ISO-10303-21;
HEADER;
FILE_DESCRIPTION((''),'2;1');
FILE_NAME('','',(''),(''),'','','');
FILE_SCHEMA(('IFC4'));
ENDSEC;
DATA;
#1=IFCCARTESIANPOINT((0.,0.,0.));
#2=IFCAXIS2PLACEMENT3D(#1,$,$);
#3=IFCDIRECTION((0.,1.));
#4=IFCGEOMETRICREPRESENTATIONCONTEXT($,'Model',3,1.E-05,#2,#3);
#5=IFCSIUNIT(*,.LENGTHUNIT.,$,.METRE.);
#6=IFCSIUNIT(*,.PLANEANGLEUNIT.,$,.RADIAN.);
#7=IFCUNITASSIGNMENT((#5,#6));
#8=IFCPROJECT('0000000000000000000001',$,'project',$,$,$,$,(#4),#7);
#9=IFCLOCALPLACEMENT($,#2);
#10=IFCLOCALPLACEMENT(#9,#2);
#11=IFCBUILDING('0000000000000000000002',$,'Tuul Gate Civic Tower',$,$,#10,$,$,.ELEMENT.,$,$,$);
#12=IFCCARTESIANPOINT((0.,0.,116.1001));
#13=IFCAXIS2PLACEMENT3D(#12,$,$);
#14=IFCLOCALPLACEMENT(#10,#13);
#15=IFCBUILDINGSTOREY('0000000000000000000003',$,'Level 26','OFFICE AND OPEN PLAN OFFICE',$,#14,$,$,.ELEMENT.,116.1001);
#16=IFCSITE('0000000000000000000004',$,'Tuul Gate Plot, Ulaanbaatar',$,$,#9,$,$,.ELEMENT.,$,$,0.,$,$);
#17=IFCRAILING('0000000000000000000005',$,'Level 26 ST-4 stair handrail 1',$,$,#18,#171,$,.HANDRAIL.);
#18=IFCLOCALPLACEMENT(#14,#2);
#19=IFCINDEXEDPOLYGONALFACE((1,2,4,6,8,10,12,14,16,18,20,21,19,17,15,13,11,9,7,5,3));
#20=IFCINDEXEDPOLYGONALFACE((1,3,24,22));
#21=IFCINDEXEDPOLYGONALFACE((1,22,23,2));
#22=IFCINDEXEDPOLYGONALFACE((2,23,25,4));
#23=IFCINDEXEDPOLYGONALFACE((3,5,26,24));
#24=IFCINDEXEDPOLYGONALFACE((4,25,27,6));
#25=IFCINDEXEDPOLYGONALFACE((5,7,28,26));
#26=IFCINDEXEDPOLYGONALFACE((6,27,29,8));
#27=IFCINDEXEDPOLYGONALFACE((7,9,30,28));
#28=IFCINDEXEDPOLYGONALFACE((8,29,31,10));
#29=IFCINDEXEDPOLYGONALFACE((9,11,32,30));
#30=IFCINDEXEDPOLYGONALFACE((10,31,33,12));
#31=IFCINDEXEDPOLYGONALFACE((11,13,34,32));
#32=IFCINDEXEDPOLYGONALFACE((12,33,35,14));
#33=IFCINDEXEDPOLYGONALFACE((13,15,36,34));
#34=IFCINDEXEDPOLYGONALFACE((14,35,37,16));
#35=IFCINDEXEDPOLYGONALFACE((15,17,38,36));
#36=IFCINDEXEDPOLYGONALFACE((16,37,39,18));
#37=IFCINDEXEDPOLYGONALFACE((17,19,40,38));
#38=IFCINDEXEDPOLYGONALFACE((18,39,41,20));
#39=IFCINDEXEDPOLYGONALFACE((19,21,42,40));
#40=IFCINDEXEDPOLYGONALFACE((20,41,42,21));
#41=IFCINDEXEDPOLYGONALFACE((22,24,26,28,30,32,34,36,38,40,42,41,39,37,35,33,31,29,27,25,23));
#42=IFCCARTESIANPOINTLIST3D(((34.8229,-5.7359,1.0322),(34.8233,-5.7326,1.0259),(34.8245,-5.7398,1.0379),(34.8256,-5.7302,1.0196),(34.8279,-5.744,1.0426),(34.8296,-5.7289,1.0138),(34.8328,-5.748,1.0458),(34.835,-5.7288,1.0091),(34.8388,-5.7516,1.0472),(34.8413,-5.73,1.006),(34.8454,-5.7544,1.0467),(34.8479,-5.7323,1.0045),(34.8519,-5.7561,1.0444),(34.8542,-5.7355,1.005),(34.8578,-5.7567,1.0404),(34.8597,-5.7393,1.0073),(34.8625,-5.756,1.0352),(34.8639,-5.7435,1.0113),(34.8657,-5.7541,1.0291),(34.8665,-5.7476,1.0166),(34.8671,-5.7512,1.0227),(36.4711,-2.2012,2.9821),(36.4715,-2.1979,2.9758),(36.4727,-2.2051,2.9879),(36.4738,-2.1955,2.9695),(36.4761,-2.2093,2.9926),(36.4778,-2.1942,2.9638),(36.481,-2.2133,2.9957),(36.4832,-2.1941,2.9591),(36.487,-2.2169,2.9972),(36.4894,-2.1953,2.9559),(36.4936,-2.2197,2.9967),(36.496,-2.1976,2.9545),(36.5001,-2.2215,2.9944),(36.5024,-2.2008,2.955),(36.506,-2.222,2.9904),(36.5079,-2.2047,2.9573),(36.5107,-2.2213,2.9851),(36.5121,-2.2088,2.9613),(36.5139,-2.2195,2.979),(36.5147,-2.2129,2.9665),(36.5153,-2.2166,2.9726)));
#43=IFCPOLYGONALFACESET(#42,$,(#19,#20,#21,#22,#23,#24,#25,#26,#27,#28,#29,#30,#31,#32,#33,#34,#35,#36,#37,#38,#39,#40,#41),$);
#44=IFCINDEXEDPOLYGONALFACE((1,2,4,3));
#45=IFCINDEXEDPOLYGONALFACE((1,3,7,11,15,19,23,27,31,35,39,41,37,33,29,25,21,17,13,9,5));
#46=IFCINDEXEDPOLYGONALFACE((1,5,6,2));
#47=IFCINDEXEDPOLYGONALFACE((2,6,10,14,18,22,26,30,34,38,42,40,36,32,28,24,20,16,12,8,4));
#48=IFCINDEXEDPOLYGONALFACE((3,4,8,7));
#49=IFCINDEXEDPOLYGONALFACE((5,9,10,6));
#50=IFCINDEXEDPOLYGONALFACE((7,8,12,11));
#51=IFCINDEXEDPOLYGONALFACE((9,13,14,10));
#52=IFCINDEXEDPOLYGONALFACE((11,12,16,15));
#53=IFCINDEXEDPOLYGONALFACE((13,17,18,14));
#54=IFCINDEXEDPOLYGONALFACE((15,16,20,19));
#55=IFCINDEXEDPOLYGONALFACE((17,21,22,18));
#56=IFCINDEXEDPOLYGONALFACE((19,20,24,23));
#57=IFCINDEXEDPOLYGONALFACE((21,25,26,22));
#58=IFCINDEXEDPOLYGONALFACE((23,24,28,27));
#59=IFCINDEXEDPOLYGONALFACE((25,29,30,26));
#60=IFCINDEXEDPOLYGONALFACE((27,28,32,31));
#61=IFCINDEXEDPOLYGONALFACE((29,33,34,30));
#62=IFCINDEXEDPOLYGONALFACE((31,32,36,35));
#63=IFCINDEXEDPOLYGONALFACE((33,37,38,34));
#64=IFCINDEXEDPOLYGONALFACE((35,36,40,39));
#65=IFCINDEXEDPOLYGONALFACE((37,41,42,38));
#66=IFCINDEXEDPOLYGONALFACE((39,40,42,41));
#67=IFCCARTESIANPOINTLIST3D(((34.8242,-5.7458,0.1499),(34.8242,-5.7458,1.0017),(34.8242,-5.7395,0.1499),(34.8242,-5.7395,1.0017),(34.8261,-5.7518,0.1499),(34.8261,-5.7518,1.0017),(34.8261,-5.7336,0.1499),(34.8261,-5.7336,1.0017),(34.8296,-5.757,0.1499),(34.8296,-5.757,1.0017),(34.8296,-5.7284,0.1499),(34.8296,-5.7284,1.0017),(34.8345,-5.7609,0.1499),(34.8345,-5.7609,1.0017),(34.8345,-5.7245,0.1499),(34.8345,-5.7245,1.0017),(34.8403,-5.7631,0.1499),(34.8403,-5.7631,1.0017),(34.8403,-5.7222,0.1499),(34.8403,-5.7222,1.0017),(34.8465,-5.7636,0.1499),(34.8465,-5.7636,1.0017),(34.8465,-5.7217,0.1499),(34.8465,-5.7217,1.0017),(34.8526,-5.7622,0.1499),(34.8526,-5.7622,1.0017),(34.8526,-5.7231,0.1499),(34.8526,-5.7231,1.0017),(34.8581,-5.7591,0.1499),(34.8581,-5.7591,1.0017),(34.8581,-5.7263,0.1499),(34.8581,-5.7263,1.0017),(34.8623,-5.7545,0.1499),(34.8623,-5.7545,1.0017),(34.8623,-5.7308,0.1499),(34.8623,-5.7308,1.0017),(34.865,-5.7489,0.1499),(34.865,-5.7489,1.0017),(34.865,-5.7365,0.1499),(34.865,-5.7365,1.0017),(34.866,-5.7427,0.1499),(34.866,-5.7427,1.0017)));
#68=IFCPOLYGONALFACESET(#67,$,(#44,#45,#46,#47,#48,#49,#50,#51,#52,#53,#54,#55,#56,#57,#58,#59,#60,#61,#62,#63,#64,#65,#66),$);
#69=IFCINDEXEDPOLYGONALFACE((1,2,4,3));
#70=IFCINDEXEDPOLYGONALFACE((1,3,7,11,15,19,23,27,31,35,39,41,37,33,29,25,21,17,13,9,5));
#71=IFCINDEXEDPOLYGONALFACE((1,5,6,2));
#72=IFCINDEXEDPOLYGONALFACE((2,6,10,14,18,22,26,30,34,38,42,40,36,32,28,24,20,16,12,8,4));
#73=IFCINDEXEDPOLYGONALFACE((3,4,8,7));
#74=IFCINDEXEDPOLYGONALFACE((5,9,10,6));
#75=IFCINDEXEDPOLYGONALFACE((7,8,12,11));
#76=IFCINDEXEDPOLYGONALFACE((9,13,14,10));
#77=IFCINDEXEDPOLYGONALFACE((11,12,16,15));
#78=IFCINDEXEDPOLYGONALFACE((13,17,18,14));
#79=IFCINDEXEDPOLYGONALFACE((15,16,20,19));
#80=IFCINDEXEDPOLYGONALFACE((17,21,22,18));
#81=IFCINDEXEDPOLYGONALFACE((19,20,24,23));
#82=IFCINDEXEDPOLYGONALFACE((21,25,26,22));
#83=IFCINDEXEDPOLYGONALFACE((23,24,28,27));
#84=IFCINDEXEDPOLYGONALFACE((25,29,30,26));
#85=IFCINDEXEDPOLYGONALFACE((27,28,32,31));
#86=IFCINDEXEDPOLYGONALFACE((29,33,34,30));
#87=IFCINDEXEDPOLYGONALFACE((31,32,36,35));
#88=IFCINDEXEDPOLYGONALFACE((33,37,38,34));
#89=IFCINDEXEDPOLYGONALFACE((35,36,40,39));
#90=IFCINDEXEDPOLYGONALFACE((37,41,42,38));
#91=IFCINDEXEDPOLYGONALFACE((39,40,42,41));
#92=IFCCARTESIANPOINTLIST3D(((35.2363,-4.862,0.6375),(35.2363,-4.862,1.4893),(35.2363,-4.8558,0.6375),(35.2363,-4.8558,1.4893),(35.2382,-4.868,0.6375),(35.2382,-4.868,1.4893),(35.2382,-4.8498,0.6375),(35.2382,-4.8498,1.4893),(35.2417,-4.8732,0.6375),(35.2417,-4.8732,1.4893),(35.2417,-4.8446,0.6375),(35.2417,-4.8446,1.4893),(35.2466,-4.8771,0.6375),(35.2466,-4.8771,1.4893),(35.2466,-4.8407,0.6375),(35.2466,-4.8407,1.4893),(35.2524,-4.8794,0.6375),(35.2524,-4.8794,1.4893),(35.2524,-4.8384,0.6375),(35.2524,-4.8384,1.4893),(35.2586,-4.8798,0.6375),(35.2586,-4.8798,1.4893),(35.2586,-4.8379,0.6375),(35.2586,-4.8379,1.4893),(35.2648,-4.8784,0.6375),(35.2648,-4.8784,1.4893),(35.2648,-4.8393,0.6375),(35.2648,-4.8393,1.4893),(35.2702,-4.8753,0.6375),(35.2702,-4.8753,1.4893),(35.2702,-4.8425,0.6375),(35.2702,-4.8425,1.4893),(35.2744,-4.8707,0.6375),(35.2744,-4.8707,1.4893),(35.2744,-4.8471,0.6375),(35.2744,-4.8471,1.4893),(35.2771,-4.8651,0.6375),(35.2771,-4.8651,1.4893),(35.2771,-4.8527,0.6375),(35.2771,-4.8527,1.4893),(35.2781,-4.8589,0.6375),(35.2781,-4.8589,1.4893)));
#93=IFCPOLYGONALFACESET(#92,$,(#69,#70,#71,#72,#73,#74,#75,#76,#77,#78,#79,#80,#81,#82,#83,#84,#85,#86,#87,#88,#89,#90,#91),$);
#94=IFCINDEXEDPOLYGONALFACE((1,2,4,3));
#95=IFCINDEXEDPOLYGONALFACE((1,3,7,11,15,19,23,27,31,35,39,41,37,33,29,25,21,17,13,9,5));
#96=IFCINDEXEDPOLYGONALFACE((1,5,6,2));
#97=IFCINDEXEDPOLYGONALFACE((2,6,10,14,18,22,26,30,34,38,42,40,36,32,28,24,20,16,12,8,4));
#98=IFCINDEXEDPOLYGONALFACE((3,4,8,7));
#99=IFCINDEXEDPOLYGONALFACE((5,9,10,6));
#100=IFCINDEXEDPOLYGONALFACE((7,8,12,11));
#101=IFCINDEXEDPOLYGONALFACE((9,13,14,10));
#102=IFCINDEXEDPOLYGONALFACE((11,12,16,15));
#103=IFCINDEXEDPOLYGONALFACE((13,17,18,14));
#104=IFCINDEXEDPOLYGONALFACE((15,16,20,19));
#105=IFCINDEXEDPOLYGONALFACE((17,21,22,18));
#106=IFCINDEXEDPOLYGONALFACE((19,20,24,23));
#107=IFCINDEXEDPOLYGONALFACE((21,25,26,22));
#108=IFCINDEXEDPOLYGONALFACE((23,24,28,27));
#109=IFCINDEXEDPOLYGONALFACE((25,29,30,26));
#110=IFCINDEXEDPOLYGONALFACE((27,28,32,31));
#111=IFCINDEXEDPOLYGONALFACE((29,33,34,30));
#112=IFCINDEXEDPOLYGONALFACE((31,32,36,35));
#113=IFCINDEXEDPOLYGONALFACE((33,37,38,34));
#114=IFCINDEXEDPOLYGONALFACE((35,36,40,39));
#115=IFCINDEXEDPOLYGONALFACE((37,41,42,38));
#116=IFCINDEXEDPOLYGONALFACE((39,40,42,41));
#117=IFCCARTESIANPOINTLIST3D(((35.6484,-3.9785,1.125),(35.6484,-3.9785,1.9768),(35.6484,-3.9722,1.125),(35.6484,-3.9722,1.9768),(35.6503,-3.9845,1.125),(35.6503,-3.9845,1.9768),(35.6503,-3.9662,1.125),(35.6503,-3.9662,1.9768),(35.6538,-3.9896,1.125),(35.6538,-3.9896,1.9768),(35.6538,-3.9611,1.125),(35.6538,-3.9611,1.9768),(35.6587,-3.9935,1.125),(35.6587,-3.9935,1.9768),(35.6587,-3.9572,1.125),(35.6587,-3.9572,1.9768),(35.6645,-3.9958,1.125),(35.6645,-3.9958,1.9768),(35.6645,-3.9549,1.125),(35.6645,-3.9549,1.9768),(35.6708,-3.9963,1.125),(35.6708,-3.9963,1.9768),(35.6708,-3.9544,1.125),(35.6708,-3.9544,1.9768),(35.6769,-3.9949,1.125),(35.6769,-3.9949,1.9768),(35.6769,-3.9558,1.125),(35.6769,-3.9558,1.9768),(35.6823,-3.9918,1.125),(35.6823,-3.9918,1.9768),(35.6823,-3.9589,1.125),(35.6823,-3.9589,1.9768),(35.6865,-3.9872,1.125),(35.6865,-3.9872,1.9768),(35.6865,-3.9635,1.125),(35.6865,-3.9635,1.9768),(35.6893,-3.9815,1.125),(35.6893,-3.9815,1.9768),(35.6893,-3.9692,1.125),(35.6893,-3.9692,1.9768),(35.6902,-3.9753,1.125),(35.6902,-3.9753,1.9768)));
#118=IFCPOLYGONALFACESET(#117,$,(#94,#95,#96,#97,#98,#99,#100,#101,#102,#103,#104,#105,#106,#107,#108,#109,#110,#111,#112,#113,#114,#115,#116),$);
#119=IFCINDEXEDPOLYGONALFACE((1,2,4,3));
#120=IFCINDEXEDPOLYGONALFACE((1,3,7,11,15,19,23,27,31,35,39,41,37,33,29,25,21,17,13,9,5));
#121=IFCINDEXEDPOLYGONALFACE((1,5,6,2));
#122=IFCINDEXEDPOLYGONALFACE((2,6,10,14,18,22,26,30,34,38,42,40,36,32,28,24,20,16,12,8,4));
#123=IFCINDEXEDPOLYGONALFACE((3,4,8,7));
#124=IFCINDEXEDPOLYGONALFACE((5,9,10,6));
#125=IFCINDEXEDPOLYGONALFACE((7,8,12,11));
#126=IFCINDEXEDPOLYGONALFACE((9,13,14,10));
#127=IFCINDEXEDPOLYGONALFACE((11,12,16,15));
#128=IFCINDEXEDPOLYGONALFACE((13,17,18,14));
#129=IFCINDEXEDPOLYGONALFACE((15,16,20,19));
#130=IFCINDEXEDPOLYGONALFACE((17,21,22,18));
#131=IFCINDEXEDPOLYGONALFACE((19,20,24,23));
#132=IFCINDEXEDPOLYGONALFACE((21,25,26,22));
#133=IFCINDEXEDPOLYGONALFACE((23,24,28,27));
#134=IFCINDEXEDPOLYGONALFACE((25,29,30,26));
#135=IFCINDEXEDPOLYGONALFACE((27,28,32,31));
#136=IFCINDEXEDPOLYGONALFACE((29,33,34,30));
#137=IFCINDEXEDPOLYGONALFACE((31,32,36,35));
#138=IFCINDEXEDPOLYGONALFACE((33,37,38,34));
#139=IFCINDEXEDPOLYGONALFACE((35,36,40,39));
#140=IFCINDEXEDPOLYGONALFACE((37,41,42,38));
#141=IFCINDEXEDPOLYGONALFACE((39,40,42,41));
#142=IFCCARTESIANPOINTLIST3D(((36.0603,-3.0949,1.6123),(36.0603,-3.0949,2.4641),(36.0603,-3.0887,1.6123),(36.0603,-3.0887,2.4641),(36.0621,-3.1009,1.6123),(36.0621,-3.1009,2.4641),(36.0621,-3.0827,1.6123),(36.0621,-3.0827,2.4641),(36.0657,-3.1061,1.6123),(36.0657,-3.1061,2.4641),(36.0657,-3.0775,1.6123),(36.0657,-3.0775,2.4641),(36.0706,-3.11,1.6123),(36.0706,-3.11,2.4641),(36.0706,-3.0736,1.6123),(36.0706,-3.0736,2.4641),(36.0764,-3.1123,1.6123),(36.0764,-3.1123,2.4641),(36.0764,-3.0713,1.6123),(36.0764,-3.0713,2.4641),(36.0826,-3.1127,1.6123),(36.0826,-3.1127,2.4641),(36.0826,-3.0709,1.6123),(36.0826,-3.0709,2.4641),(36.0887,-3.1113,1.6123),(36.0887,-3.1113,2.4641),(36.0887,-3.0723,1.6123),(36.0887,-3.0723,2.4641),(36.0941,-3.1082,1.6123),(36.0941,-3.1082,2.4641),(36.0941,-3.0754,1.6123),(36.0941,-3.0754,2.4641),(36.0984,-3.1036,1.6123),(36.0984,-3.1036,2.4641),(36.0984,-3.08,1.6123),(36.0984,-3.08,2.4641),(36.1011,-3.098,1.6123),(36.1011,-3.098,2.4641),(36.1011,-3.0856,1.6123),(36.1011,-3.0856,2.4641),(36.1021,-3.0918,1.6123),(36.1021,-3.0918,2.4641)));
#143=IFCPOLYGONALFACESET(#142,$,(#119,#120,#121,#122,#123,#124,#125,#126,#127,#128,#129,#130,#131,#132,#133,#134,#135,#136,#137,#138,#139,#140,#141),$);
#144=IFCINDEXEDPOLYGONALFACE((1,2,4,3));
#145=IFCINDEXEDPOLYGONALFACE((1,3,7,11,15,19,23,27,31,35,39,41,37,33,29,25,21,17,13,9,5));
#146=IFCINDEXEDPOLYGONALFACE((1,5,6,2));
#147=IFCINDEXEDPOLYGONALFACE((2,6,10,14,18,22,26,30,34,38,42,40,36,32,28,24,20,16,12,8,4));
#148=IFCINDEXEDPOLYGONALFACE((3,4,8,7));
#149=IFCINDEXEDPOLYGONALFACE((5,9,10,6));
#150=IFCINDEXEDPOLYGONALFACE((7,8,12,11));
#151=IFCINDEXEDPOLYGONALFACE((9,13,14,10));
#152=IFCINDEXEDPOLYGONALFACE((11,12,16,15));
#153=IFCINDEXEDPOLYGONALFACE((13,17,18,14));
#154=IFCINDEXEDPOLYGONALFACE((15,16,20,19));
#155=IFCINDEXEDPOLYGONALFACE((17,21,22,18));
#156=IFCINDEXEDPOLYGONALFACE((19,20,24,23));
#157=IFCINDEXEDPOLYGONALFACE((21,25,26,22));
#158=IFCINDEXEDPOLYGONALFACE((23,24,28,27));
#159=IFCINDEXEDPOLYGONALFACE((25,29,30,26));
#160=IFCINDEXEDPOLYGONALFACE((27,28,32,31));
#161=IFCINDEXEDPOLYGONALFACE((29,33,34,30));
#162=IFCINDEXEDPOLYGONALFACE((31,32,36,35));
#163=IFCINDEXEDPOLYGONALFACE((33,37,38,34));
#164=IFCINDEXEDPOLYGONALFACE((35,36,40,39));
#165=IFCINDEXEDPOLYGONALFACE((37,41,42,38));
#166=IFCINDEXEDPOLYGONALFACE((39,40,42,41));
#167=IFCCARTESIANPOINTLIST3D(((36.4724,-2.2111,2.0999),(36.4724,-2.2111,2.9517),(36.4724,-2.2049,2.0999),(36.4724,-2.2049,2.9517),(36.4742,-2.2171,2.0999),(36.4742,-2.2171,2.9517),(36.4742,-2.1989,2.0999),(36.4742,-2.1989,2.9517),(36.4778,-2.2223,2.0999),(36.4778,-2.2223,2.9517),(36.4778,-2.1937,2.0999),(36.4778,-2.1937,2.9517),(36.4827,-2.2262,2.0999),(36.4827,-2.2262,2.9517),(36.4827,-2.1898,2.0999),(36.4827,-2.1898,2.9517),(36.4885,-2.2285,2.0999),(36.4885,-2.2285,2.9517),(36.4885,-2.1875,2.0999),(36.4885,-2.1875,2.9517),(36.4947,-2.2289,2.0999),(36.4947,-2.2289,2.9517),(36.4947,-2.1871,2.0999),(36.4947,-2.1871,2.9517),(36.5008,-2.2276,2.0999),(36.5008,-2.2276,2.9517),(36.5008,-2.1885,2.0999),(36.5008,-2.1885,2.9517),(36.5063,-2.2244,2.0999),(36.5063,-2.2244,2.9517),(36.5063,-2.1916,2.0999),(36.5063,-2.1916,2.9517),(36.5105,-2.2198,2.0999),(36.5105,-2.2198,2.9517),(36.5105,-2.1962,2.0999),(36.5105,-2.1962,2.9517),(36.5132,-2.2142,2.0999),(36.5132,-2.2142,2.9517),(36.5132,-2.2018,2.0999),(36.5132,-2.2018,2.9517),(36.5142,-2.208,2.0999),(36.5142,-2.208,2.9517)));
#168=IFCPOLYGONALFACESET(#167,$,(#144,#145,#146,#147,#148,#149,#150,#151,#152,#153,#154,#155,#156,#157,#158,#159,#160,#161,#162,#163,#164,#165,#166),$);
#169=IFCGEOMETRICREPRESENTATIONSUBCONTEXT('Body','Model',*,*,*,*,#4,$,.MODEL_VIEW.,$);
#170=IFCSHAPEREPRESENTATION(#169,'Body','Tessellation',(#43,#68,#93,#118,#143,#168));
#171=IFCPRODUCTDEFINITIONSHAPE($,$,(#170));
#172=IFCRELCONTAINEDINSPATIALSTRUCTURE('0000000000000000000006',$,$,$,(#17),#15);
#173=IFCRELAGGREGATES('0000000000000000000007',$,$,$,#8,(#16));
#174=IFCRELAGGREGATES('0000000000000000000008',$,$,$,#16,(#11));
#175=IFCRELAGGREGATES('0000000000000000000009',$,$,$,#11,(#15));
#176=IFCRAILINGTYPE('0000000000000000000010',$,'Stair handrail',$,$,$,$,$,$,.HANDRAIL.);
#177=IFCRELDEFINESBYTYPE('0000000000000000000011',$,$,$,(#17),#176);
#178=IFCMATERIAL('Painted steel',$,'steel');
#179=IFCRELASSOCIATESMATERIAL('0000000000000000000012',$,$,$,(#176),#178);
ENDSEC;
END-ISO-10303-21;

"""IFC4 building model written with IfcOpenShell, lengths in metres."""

from ifc_helpers import new_model, si_unit, direction, frame, origin, origin_2d, place, context, subcontext, project, spatial, circle, extrude, material, type_object, element, save


model = new_model("IFC4")

# Units and contexts
model_context = context("Model", 3, precision=1e-05, world=origin(), true_north=direction((0.0, 1.0)))
body_context = subcontext(model_context, "Body", "Model", "MODEL_VIEW")
ifc_project = project(units=[si_unit("LENGTHUNIT", "METRE"), si_unit("PLANEANGLEUNIT", "RADIAN")], contexts=[model_context])

# Site, building, storey
site_placement = place(None, origin())
site = spatial("IfcSite", under=ifc_project, at=site_placement, Name="Tuul Gate Plot, Ulaanbaatar", CompositionType="ELEMENT", RefElevation=0.0)
building_placement = place(site_placement, origin())
building = spatial("IfcBuilding", under=site, at=building_placement, Name="Tuul Gate Civic Tower", CompositionType="ELEMENT")
storey_placement = place(building_placement, frame((0.0, 0.0, 116.1001)))
storey = spatial("IfcBuildingStorey", under=building, at=storey_placement, Name="Level 26", Description="OFFICE AND OPEN PLAN OFFICE", CompositionType="ELEMENT", Elevation=116.1001)

# Railing
ifc_material_1 = material(Name="Painted steel", Category="steel")
railing_type_1 = type_object("IfcRailingType", Name="Stair handrail", PredefinedType="HANDRAIL", material=ifc_material_1)
railing_1_placement = place(storey_placement, frame((34.845, -5.7427, 0.1499)))
element("IfcRailing", 1, at=railing_1_placement, inside=storey, type_object=railing_type_1, Name="Level 26 ST-4 stair handrail 1", PredefinedType="HANDRAIL", context=body_context, shape_type="SweptSolid", body=[
    extrude(circle(Radius=0.0239, at=origin_2d()), frame((0.0, 0.0, 0.876), z_axis=(0.377995, 0.810637, 0.4472), x_axis=(-0.906313, 0.422608, 0.0)), (0.0, 0.0, 1.0), 4.3604),
    extrude(circle(Radius=0.021, at=origin_2d()), origin(), (0.0, 0.0, 1.0), 0.8518),
    extrude(circle(Radius=0.021, at=origin_2d()), frame((0.4121, 0.8838, 0.4875)), (0.0, 0.0, 1.0), 0.8518),
    extrude(circle(Radius=0.021, at=origin_2d()), frame((0.8242, 1.7673, 0.9751)), (0.0, 0.0, 1.0), 0.8518),
    extrude(circle(Radius=0.021, at=origin_2d()), frame((1.2361, 2.6509, 1.4624)), (0.0, 0.0, 1.0), 0.8518),
    extrude(circle(Radius=0.021, at=origin_2d()), frame((1.6482, 3.5347, 1.95)), (0.0, 0.0, 1.0), 0.8518),
])

save(model, "model.ifc")
